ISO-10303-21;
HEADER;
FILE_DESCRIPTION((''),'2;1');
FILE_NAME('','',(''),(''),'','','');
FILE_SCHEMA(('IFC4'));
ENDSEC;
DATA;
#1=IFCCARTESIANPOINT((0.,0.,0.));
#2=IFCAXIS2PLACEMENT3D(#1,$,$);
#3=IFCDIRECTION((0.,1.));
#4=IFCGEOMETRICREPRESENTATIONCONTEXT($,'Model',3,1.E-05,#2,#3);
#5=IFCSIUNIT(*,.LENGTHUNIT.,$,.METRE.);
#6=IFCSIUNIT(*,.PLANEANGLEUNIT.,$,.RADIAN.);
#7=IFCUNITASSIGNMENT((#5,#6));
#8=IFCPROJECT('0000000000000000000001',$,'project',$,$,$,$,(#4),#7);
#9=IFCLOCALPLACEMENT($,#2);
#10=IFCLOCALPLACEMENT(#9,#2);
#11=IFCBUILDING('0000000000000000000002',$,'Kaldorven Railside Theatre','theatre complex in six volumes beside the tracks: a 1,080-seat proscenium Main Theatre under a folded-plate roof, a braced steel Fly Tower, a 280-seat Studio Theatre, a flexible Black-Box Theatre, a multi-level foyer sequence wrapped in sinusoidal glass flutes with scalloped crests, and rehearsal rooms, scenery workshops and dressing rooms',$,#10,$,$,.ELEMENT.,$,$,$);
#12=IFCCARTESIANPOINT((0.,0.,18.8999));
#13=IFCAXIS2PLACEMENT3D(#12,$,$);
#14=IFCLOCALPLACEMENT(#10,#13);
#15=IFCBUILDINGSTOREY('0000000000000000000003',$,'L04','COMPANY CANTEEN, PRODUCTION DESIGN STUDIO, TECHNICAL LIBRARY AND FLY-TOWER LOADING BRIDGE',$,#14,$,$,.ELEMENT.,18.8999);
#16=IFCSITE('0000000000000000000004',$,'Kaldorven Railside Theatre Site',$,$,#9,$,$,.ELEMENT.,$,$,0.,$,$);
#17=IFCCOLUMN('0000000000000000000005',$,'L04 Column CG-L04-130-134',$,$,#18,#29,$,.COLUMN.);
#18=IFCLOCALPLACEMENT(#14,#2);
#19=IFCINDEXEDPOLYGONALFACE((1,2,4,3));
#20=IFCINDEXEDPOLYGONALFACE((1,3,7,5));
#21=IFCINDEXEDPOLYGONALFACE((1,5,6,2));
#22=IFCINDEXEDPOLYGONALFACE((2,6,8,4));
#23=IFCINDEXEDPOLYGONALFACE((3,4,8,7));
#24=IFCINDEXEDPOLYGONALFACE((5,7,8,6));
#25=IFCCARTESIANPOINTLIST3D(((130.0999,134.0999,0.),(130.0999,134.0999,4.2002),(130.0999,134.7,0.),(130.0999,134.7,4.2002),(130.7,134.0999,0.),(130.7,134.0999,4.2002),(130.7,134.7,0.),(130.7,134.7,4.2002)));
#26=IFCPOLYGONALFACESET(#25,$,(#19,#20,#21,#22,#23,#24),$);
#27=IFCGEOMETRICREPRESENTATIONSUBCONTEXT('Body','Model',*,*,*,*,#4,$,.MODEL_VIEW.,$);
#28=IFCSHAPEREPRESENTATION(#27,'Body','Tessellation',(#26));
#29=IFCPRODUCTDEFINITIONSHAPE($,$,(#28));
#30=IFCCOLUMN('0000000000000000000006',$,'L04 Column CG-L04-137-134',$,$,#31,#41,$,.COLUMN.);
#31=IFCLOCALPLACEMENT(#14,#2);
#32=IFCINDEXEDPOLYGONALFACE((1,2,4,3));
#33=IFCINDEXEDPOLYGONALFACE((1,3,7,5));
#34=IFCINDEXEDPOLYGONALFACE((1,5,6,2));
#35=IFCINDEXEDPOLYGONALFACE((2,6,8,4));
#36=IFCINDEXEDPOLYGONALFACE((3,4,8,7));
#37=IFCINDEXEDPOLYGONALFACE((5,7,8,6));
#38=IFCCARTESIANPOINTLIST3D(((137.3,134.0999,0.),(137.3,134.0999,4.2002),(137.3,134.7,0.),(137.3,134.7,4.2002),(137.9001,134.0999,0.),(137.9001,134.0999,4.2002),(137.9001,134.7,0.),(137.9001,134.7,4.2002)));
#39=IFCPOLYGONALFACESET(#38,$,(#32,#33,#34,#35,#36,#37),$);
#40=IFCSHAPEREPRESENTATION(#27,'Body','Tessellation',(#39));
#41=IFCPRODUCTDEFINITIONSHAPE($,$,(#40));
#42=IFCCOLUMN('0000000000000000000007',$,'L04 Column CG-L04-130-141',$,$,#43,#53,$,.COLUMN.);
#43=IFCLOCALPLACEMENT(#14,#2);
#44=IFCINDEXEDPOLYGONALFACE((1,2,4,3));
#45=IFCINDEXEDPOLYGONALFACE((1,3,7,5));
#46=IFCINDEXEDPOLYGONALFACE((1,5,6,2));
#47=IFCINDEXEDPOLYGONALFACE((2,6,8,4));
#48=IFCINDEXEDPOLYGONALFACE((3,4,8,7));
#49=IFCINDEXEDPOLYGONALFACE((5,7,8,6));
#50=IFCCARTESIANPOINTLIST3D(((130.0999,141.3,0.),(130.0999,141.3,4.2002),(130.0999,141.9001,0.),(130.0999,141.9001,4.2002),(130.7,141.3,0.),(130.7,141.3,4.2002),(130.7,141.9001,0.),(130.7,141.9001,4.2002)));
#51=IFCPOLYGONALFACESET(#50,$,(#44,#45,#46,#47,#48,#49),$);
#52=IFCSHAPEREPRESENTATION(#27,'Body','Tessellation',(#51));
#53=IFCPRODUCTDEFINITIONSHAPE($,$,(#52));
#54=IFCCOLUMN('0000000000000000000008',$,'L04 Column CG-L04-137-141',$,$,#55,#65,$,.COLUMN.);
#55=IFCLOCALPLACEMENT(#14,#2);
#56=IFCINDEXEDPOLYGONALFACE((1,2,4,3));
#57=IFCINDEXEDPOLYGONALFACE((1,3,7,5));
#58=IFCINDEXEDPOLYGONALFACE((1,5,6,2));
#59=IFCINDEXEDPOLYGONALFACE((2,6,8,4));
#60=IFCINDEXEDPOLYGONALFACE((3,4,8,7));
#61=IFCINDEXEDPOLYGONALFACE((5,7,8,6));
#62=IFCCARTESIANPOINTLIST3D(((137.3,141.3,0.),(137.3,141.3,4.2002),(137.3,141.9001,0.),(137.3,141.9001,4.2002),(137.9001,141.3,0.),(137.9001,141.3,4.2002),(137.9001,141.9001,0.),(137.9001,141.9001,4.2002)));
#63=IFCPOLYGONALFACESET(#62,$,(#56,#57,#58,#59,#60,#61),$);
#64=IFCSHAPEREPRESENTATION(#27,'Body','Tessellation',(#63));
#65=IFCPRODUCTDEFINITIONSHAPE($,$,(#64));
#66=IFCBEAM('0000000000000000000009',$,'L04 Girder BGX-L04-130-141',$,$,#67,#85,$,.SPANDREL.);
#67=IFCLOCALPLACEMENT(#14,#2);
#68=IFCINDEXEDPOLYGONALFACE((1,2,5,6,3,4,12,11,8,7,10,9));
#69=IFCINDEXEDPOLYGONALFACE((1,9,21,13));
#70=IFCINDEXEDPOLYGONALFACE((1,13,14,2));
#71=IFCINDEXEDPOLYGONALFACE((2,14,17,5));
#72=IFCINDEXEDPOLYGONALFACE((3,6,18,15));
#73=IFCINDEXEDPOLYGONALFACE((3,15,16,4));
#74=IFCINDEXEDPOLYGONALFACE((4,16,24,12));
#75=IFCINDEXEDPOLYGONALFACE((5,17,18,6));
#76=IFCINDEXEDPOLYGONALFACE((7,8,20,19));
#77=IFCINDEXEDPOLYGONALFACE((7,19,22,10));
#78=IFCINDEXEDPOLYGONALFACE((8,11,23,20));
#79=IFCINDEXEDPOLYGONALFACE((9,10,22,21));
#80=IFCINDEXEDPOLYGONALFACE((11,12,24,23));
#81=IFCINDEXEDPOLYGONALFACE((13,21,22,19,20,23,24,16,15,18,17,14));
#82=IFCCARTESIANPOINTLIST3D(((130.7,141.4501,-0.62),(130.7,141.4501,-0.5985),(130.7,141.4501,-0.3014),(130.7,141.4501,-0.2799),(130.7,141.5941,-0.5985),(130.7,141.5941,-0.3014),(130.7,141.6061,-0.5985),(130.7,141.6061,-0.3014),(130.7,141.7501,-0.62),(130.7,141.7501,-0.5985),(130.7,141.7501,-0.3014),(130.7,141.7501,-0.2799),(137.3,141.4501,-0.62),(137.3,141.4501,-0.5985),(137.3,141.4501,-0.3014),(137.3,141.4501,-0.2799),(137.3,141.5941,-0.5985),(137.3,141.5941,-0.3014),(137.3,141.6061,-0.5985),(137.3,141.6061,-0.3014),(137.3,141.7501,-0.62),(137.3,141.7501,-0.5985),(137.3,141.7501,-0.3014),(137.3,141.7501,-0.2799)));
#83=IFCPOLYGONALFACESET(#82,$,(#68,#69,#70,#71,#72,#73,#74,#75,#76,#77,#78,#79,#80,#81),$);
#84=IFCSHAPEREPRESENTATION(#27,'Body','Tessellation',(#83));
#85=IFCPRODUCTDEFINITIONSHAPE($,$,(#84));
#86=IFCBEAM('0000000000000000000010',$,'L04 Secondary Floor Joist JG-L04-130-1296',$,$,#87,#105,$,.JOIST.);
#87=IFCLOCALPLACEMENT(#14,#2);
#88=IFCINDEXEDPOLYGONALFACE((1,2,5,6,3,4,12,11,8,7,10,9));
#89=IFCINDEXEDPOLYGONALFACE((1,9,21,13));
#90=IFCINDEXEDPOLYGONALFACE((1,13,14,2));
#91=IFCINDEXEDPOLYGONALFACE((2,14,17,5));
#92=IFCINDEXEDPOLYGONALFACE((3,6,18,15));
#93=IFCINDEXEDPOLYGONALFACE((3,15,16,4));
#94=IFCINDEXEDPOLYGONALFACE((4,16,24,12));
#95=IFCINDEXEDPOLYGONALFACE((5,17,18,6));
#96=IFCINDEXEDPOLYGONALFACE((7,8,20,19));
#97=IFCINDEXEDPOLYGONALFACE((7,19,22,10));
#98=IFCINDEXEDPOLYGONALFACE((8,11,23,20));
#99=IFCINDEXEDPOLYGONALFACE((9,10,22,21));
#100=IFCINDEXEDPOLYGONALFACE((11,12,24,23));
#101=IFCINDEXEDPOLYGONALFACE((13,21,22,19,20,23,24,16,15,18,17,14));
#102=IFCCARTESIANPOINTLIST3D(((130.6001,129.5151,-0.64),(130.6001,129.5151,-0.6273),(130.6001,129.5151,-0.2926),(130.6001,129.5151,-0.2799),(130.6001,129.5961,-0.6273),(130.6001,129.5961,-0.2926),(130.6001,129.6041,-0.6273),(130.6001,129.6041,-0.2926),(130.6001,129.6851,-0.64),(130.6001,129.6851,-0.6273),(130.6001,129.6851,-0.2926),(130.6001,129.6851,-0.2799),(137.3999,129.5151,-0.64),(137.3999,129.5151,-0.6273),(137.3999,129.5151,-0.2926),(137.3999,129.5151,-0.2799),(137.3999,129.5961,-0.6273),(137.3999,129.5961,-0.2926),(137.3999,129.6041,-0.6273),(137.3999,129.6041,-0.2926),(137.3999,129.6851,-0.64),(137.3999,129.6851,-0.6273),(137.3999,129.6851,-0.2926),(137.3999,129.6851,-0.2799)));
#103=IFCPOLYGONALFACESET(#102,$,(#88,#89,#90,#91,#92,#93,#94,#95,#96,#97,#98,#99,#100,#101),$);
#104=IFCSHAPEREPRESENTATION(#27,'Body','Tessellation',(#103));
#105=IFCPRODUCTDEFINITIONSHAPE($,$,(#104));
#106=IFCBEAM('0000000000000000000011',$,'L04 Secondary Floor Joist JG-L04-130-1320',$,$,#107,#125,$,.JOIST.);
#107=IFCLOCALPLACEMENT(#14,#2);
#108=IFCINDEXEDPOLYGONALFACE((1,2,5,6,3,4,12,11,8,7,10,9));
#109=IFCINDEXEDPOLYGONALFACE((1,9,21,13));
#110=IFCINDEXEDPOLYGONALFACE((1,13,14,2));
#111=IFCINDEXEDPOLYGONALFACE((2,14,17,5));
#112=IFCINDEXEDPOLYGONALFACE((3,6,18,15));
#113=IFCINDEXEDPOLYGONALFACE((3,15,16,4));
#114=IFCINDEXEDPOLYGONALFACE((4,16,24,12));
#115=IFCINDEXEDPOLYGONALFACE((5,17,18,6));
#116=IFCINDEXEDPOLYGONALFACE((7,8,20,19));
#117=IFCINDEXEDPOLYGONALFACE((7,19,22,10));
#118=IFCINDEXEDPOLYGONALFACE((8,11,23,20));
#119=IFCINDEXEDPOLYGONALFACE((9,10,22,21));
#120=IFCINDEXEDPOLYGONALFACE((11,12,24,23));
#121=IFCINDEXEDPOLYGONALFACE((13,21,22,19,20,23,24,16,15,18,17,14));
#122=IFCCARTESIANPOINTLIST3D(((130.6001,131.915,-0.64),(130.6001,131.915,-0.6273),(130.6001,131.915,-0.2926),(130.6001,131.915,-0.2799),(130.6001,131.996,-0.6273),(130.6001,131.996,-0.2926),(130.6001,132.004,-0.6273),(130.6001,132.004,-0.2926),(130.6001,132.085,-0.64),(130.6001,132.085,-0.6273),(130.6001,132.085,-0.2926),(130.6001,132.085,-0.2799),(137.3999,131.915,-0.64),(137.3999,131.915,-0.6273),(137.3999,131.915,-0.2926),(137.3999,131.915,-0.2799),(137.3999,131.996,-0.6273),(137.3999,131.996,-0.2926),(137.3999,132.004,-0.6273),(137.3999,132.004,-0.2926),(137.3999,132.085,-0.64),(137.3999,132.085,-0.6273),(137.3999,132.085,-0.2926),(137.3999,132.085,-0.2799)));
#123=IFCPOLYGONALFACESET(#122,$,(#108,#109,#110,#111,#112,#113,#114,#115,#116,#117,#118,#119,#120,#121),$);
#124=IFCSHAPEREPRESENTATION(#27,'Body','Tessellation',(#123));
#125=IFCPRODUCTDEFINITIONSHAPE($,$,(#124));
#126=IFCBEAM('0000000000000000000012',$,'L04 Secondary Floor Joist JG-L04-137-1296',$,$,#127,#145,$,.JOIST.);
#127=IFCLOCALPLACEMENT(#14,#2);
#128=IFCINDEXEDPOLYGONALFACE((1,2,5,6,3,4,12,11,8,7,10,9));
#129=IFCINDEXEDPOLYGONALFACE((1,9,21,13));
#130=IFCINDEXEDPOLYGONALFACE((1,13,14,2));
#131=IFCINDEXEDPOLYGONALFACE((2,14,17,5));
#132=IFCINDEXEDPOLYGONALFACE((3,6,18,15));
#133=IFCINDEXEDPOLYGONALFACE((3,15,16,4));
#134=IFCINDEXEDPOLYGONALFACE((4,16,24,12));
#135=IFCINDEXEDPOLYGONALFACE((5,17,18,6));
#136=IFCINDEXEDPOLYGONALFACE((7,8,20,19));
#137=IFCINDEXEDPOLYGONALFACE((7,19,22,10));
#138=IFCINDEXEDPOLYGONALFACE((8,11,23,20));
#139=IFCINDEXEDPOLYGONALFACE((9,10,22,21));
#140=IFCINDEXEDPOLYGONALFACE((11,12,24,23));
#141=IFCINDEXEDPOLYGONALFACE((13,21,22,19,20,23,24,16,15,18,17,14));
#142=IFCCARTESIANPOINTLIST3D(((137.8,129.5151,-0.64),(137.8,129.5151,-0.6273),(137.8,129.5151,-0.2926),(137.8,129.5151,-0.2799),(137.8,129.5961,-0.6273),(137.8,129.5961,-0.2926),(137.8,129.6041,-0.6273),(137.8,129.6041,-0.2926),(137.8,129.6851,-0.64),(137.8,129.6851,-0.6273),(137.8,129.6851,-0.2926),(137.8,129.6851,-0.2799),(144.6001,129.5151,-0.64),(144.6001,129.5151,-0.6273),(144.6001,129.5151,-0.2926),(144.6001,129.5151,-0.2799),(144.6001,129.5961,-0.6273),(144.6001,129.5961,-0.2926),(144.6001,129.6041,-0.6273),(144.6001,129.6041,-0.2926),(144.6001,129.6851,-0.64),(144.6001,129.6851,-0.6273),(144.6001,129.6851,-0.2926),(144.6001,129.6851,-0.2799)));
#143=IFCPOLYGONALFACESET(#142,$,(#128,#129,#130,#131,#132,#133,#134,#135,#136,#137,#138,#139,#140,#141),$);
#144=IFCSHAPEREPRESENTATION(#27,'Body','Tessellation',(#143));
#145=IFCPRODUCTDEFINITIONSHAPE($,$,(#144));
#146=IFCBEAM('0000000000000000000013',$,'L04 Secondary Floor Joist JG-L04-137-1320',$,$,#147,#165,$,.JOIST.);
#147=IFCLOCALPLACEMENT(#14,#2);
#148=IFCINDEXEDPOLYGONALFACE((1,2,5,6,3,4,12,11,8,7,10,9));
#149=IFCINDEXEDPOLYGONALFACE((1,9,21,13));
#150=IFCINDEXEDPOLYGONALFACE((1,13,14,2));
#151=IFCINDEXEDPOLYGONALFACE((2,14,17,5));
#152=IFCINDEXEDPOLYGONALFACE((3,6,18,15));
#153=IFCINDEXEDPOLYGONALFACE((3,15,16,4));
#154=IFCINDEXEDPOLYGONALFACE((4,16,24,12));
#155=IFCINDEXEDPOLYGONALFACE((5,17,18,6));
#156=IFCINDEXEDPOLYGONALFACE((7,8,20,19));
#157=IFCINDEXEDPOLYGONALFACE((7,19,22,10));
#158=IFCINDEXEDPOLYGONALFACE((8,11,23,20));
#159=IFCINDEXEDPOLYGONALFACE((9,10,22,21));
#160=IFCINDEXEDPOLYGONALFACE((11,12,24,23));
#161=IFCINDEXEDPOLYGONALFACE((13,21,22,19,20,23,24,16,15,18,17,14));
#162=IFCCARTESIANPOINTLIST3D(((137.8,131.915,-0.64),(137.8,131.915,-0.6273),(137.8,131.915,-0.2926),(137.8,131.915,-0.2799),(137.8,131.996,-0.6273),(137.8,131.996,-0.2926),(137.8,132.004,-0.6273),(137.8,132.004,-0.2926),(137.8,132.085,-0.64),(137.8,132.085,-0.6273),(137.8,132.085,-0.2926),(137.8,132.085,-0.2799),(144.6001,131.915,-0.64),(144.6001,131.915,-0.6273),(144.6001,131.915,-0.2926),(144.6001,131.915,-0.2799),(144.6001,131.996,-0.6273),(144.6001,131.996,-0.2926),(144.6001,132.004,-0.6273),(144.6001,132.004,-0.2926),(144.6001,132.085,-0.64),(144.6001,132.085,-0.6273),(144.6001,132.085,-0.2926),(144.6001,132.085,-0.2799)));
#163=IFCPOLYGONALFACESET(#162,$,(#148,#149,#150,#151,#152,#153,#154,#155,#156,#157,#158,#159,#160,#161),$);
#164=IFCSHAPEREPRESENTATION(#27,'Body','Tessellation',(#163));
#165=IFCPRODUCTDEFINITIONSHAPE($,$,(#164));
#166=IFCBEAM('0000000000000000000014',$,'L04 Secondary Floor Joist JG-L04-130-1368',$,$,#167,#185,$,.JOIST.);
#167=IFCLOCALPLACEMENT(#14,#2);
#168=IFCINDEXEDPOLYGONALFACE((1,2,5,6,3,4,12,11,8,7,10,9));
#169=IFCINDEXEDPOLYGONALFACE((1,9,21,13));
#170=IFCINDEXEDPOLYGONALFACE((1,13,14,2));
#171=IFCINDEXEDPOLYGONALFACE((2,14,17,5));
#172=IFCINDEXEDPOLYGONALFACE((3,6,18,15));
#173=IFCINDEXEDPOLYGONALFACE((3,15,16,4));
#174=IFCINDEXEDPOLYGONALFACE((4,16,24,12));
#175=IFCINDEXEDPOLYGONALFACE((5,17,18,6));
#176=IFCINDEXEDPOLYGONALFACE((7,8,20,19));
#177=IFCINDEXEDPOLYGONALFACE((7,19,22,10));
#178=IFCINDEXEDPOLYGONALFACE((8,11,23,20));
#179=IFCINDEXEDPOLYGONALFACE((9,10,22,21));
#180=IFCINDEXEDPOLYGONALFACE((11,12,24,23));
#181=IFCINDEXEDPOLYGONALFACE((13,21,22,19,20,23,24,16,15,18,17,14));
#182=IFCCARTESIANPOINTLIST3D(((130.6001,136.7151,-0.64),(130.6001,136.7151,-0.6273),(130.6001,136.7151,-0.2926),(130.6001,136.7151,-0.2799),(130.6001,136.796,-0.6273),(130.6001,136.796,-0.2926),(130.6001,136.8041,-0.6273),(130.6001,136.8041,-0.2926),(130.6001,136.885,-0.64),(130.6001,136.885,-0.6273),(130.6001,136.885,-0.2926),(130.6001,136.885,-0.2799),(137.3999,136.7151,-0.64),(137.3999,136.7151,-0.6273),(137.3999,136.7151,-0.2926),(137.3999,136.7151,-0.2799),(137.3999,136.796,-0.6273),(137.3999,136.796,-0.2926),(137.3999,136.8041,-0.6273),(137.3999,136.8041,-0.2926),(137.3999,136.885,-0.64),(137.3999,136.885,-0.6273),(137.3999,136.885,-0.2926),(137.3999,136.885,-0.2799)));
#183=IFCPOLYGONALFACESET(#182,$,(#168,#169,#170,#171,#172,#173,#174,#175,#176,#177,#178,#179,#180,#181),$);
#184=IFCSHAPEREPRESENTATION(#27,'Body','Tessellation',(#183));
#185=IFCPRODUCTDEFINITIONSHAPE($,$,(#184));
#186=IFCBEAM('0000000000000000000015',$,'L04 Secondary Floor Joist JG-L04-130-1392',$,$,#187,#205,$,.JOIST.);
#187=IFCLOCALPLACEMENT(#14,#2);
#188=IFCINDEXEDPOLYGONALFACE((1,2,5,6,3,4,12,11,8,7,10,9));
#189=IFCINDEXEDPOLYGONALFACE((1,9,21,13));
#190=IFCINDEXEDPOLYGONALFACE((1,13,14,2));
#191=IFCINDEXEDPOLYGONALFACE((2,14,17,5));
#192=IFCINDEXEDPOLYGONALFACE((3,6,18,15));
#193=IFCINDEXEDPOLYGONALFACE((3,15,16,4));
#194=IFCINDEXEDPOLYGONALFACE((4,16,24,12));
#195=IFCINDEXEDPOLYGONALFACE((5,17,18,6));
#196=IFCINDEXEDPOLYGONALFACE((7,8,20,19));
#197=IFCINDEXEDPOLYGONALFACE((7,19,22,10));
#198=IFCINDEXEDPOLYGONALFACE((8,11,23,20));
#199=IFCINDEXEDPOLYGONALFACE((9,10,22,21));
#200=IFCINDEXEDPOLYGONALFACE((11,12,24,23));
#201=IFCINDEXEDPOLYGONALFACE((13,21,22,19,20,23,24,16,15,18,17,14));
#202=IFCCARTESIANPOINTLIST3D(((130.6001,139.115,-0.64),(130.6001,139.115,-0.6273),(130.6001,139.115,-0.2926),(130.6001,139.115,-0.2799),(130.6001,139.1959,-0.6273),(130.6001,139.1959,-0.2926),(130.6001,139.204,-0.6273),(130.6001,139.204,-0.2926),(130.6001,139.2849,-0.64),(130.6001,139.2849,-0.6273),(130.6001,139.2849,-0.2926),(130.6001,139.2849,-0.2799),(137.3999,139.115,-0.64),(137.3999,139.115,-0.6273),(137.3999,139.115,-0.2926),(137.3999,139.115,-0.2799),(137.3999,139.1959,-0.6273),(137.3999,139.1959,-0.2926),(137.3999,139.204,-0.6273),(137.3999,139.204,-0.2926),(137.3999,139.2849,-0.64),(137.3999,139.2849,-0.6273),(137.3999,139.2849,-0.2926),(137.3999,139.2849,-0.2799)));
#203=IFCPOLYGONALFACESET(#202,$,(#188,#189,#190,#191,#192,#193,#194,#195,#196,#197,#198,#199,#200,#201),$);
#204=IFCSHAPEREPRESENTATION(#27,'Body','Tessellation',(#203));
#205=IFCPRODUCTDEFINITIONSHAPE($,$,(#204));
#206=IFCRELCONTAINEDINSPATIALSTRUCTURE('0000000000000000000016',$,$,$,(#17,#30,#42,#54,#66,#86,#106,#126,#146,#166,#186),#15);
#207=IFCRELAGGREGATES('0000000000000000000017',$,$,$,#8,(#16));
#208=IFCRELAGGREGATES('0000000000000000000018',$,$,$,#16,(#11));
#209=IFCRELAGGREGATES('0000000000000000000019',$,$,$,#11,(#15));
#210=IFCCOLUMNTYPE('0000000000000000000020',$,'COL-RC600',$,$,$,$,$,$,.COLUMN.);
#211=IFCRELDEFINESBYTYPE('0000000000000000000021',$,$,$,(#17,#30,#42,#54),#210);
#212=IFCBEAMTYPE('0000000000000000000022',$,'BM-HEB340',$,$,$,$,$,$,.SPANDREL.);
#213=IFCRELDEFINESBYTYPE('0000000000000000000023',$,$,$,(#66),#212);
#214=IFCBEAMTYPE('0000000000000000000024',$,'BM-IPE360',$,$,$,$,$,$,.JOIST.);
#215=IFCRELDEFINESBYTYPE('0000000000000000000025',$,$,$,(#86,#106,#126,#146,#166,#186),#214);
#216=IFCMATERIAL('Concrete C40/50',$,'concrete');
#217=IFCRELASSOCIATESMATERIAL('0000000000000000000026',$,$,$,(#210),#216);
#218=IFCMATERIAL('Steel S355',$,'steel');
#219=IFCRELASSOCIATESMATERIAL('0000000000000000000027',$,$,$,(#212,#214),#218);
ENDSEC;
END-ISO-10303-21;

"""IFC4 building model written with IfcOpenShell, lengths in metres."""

from ifc_helpers import new_model, si_unit, direction, frame, origin, origin_2d, place, context, subcontext, project, spatial, rectangle, i_section, extrude, material, material_profile, profile_set, type_object, element, save


model = new_model("IFC4")

# Units and contexts
model_context = context("Model", 3, precision=1e-05, world=origin(), true_north=direction((0.0, 1.0)))
body_context = subcontext(model_context, "Body", "Model", "MODEL_VIEW")
ifc_project = project(units=[si_unit("LENGTHUNIT", "METRE"), si_unit("PLANEANGLEUNIT", "RADIAN")], contexts=[model_context])

# Site, building, storey
site_placement = place(None, origin())
site = spatial("IfcSite", under=ifc_project, at=site_placement, Name="Kaldorven Railside Theatre Site", CompositionType="ELEMENT", RefElevation=0.0)
building_placement = place(site_placement, origin())
building = spatial("IfcBuilding", under=site, at=building_placement, Name="Kaldorven Railside Theatre", Description="theatre complex in six volumes beside the tracks: a 1,080-seat proscenium Main Theatre under a folded-plate roof, a braced steel Fly Tower, a 280-seat Studio Theatre, a flexible Black-Box Theatre, a multi-level foyer sequence wrapped in sinusoidal glass flutes with scalloped crests, and rehearsal rooms, scenery workshops and dressing rooms", CompositionType="ELEMENT")
storey_placement = place(building_placement, frame((0.0, 0.0, 18.8999)))
storey = spatial("IfcBuildingStorey", under=building, at=storey_placement, Name="L04", Description="COMPANY CANTEEN, PRODUCTION DESIGN STUDIO, TECHNICAL LIBRARY AND FLY-TOWER LOADING BRIDGE", CompositionType="ELEMENT", Elevation=18.8999)

# Columns
ifc_material_1 = material(Name="Concrete C40/50", Category="concrete")
ifc_material_profile_1 = material_profile(ifc_material_1, rectangle(XDim=0.6001, YDim=0.6001, at=origin_2d()), Name="RC 600x600")
ifc_profile_set_1 = profile_set([ifc_material_profile_1], Name="Concrete C40/50")
column_type = type_object("IfcColumnType", Name="COL-RC600", PredefinedType="COLUMN", material=ifc_profile_set_1)
for number, where, z_axis, x_axis, name in (
    (1, (130.3999, 134.3999, 0.0), (0.0, 0.0, 1.0), (1.0, 0.0, 0.0), "L04 Column CG-L04-130-134"),
    (2, (137.6001, 134.3999, 0.0), (0.0, 0.0, 1.0), (1.0, 0.0, 0.0), "L04 Column CG-L04-137-134"),
    (3, (130.3999, 141.6001, 0.0), (0.0, 0.0, 1.0), (1.0, 0.0, 0.0), "L04 Column CG-L04-130-141"),
    (4, (137.6001, 141.6001, 0.0), (0.0, 0.0, 1.0), (0.0, 1.0, 0.0), "L04 Column CG-L04-137-141"),
):
    element("IfcColumn", number, at=place(storey_placement, frame(where, z_axis=z_axis, x_axis=x_axis)), inside=storey, type_object=column_type, Name=name, PredefinedType="COLUMN", context=body_context, shape_type="SweptSolid", body=[
        extrude(rectangle(XDim=0.6001, YDim=0.6001, at=origin_2d()), origin(), (0.0, 0.0, 1.0), 4.2002),
    ])

# Beams
ifc_material_2 = material(Name="Steel S355", Category="steel")
ifc_material_profile_2 = material_profile(ifc_material_2, i_section(OverallWidth=0.3, OverallDepth=0.3401, WebThickness=0.012, FlangeThickness=0.0215, at=origin_2d()), Name="HEB 340")
ifc_profile_set_2 = profile_set([ifc_material_profile_2], Name="Steel S355")
beam_type_1 = type_object("IfcBeamType", Name="BM-HEB340", PredefinedType="SPANDREL", material=ifc_profile_set_2)
beam_1_placement = place(storey_placement, frame((130.7, 141.6001, -0.45), z_axis=(1.0, 0.0, 0.0), x_axis=(0.0, 1.0, 0.0)))
element("IfcBeam", 5, at=beam_1_placement, inside=storey, type_object=beam_type_1, Name="L04 Girder BGX-L04-130-141", PredefinedType="SPANDREL", context=body_context, shape_type="SweptSolid", body=[
    extrude(i_section(OverallWidth=0.3, OverallDepth=0.3401, WebThickness=0.012, FlangeThickness=0.0215, at=origin_2d()), origin(), (0.0, 0.0, 1.0), 6.6001),
])
ifc_material_profile_3 = material_profile(ifc_material_2, i_section(OverallWidth=0.1699, OverallDepth=0.3601, WebThickness=0.0081, FlangeThickness=0.0127, at=origin_2d()), Name="IPE 360")
ifc_profile_set_3 = profile_set([ifc_material_profile_3], Name="Steel S355")
beam_type_2 = type_object("IfcBeamType", Name="BM-IPE360", PredefinedType="JOIST", material=ifc_profile_set_3)
for number, where, z_axis, x_axis, name in (
    (6, (130.6001, 129.6001, -0.46), (1.0, 0.0, 0.0), (0.0, 1.0, 0.0), "L04 Secondary Floor Joist JG-L04-130-1296"),
    (7, (130.6001, 132.0, -0.46), (1.0, 0.0, 0.0), (0.0, 1.0, 0.0), "L04 Secondary Floor Joist JG-L04-130-1320"),
):
    element("IfcBeam", number, at=place(storey_placement, frame(where, z_axis=z_axis, x_axis=x_axis)), inside=storey, type_object=beam_type_2, Name=name, PredefinedType="JOIST", context=body_context, shape_type="SweptSolid", body=[
        extrude(i_section(OverallWidth=0.1699, OverallDepth=0.3601, WebThickness=0.0081, FlangeThickness=0.0127, at=origin_2d()), origin(), (0.0, 0.0, 1.0), 6.7998),
    ])
for number, where, z_axis, x_axis, name in (
    (8, (137.8, 129.6001, -0.46), (1.0, 0.0, 0.0), (0.0, 1.0, 0.0), "L04 Secondary Floor Joist JG-L04-137-1296"),
    (9, (137.8, 132.0, -0.46), (1.0, 0.0, 0.0), (0.0, 1.0, 0.0), "L04 Secondary Floor Joist JG-L04-137-1320"),
):
    element("IfcBeam", number, at=place(storey_placement, frame(where, z_axis=z_axis, x_axis=x_axis)), inside=storey, type_object=beam_type_2, Name=name, PredefinedType="JOIST", context=body_context, shape_type="SweptSolid", body=[
        extrude(i_section(OverallWidth=0.1699, OverallDepth=0.3601, WebThickness=0.0081, FlangeThickness=0.0127, at=origin_2d()), origin(), (0.0, 0.0, 1.0), 6.8),
    ])
for number, where, z_axis, x_axis, name in (
    (10, (130.6001, 136.8, -0.46), (1.0, 0.0, 0.0), (0.0, 1.0, 0.0), "L04 Secondary Floor Joist JG-L04-130-1368"),
    (11, (130.6001, 139.2, -0.46), (1.0, 0.0, 0.0), (0.0, 1.0, 0.0), "L04 Secondary Floor Joist JG-L04-130-1392"),
):
    element("IfcBeam", number, at=place(storey_placement, frame(where, z_axis=z_axis, x_axis=x_axis)), inside=storey, type_object=beam_type_2, Name=name, PredefinedType="JOIST", context=body_context, shape_type="SweptSolid", body=[
        extrude(i_section(OverallWidth=0.1699, OverallDepth=0.3601, WebThickness=0.0081, FlangeThickness=0.0127, at=origin_2d()), origin(), (0.0, 0.0, 1.0), 6.7998),
    ])

save(model, "model.ifc")
